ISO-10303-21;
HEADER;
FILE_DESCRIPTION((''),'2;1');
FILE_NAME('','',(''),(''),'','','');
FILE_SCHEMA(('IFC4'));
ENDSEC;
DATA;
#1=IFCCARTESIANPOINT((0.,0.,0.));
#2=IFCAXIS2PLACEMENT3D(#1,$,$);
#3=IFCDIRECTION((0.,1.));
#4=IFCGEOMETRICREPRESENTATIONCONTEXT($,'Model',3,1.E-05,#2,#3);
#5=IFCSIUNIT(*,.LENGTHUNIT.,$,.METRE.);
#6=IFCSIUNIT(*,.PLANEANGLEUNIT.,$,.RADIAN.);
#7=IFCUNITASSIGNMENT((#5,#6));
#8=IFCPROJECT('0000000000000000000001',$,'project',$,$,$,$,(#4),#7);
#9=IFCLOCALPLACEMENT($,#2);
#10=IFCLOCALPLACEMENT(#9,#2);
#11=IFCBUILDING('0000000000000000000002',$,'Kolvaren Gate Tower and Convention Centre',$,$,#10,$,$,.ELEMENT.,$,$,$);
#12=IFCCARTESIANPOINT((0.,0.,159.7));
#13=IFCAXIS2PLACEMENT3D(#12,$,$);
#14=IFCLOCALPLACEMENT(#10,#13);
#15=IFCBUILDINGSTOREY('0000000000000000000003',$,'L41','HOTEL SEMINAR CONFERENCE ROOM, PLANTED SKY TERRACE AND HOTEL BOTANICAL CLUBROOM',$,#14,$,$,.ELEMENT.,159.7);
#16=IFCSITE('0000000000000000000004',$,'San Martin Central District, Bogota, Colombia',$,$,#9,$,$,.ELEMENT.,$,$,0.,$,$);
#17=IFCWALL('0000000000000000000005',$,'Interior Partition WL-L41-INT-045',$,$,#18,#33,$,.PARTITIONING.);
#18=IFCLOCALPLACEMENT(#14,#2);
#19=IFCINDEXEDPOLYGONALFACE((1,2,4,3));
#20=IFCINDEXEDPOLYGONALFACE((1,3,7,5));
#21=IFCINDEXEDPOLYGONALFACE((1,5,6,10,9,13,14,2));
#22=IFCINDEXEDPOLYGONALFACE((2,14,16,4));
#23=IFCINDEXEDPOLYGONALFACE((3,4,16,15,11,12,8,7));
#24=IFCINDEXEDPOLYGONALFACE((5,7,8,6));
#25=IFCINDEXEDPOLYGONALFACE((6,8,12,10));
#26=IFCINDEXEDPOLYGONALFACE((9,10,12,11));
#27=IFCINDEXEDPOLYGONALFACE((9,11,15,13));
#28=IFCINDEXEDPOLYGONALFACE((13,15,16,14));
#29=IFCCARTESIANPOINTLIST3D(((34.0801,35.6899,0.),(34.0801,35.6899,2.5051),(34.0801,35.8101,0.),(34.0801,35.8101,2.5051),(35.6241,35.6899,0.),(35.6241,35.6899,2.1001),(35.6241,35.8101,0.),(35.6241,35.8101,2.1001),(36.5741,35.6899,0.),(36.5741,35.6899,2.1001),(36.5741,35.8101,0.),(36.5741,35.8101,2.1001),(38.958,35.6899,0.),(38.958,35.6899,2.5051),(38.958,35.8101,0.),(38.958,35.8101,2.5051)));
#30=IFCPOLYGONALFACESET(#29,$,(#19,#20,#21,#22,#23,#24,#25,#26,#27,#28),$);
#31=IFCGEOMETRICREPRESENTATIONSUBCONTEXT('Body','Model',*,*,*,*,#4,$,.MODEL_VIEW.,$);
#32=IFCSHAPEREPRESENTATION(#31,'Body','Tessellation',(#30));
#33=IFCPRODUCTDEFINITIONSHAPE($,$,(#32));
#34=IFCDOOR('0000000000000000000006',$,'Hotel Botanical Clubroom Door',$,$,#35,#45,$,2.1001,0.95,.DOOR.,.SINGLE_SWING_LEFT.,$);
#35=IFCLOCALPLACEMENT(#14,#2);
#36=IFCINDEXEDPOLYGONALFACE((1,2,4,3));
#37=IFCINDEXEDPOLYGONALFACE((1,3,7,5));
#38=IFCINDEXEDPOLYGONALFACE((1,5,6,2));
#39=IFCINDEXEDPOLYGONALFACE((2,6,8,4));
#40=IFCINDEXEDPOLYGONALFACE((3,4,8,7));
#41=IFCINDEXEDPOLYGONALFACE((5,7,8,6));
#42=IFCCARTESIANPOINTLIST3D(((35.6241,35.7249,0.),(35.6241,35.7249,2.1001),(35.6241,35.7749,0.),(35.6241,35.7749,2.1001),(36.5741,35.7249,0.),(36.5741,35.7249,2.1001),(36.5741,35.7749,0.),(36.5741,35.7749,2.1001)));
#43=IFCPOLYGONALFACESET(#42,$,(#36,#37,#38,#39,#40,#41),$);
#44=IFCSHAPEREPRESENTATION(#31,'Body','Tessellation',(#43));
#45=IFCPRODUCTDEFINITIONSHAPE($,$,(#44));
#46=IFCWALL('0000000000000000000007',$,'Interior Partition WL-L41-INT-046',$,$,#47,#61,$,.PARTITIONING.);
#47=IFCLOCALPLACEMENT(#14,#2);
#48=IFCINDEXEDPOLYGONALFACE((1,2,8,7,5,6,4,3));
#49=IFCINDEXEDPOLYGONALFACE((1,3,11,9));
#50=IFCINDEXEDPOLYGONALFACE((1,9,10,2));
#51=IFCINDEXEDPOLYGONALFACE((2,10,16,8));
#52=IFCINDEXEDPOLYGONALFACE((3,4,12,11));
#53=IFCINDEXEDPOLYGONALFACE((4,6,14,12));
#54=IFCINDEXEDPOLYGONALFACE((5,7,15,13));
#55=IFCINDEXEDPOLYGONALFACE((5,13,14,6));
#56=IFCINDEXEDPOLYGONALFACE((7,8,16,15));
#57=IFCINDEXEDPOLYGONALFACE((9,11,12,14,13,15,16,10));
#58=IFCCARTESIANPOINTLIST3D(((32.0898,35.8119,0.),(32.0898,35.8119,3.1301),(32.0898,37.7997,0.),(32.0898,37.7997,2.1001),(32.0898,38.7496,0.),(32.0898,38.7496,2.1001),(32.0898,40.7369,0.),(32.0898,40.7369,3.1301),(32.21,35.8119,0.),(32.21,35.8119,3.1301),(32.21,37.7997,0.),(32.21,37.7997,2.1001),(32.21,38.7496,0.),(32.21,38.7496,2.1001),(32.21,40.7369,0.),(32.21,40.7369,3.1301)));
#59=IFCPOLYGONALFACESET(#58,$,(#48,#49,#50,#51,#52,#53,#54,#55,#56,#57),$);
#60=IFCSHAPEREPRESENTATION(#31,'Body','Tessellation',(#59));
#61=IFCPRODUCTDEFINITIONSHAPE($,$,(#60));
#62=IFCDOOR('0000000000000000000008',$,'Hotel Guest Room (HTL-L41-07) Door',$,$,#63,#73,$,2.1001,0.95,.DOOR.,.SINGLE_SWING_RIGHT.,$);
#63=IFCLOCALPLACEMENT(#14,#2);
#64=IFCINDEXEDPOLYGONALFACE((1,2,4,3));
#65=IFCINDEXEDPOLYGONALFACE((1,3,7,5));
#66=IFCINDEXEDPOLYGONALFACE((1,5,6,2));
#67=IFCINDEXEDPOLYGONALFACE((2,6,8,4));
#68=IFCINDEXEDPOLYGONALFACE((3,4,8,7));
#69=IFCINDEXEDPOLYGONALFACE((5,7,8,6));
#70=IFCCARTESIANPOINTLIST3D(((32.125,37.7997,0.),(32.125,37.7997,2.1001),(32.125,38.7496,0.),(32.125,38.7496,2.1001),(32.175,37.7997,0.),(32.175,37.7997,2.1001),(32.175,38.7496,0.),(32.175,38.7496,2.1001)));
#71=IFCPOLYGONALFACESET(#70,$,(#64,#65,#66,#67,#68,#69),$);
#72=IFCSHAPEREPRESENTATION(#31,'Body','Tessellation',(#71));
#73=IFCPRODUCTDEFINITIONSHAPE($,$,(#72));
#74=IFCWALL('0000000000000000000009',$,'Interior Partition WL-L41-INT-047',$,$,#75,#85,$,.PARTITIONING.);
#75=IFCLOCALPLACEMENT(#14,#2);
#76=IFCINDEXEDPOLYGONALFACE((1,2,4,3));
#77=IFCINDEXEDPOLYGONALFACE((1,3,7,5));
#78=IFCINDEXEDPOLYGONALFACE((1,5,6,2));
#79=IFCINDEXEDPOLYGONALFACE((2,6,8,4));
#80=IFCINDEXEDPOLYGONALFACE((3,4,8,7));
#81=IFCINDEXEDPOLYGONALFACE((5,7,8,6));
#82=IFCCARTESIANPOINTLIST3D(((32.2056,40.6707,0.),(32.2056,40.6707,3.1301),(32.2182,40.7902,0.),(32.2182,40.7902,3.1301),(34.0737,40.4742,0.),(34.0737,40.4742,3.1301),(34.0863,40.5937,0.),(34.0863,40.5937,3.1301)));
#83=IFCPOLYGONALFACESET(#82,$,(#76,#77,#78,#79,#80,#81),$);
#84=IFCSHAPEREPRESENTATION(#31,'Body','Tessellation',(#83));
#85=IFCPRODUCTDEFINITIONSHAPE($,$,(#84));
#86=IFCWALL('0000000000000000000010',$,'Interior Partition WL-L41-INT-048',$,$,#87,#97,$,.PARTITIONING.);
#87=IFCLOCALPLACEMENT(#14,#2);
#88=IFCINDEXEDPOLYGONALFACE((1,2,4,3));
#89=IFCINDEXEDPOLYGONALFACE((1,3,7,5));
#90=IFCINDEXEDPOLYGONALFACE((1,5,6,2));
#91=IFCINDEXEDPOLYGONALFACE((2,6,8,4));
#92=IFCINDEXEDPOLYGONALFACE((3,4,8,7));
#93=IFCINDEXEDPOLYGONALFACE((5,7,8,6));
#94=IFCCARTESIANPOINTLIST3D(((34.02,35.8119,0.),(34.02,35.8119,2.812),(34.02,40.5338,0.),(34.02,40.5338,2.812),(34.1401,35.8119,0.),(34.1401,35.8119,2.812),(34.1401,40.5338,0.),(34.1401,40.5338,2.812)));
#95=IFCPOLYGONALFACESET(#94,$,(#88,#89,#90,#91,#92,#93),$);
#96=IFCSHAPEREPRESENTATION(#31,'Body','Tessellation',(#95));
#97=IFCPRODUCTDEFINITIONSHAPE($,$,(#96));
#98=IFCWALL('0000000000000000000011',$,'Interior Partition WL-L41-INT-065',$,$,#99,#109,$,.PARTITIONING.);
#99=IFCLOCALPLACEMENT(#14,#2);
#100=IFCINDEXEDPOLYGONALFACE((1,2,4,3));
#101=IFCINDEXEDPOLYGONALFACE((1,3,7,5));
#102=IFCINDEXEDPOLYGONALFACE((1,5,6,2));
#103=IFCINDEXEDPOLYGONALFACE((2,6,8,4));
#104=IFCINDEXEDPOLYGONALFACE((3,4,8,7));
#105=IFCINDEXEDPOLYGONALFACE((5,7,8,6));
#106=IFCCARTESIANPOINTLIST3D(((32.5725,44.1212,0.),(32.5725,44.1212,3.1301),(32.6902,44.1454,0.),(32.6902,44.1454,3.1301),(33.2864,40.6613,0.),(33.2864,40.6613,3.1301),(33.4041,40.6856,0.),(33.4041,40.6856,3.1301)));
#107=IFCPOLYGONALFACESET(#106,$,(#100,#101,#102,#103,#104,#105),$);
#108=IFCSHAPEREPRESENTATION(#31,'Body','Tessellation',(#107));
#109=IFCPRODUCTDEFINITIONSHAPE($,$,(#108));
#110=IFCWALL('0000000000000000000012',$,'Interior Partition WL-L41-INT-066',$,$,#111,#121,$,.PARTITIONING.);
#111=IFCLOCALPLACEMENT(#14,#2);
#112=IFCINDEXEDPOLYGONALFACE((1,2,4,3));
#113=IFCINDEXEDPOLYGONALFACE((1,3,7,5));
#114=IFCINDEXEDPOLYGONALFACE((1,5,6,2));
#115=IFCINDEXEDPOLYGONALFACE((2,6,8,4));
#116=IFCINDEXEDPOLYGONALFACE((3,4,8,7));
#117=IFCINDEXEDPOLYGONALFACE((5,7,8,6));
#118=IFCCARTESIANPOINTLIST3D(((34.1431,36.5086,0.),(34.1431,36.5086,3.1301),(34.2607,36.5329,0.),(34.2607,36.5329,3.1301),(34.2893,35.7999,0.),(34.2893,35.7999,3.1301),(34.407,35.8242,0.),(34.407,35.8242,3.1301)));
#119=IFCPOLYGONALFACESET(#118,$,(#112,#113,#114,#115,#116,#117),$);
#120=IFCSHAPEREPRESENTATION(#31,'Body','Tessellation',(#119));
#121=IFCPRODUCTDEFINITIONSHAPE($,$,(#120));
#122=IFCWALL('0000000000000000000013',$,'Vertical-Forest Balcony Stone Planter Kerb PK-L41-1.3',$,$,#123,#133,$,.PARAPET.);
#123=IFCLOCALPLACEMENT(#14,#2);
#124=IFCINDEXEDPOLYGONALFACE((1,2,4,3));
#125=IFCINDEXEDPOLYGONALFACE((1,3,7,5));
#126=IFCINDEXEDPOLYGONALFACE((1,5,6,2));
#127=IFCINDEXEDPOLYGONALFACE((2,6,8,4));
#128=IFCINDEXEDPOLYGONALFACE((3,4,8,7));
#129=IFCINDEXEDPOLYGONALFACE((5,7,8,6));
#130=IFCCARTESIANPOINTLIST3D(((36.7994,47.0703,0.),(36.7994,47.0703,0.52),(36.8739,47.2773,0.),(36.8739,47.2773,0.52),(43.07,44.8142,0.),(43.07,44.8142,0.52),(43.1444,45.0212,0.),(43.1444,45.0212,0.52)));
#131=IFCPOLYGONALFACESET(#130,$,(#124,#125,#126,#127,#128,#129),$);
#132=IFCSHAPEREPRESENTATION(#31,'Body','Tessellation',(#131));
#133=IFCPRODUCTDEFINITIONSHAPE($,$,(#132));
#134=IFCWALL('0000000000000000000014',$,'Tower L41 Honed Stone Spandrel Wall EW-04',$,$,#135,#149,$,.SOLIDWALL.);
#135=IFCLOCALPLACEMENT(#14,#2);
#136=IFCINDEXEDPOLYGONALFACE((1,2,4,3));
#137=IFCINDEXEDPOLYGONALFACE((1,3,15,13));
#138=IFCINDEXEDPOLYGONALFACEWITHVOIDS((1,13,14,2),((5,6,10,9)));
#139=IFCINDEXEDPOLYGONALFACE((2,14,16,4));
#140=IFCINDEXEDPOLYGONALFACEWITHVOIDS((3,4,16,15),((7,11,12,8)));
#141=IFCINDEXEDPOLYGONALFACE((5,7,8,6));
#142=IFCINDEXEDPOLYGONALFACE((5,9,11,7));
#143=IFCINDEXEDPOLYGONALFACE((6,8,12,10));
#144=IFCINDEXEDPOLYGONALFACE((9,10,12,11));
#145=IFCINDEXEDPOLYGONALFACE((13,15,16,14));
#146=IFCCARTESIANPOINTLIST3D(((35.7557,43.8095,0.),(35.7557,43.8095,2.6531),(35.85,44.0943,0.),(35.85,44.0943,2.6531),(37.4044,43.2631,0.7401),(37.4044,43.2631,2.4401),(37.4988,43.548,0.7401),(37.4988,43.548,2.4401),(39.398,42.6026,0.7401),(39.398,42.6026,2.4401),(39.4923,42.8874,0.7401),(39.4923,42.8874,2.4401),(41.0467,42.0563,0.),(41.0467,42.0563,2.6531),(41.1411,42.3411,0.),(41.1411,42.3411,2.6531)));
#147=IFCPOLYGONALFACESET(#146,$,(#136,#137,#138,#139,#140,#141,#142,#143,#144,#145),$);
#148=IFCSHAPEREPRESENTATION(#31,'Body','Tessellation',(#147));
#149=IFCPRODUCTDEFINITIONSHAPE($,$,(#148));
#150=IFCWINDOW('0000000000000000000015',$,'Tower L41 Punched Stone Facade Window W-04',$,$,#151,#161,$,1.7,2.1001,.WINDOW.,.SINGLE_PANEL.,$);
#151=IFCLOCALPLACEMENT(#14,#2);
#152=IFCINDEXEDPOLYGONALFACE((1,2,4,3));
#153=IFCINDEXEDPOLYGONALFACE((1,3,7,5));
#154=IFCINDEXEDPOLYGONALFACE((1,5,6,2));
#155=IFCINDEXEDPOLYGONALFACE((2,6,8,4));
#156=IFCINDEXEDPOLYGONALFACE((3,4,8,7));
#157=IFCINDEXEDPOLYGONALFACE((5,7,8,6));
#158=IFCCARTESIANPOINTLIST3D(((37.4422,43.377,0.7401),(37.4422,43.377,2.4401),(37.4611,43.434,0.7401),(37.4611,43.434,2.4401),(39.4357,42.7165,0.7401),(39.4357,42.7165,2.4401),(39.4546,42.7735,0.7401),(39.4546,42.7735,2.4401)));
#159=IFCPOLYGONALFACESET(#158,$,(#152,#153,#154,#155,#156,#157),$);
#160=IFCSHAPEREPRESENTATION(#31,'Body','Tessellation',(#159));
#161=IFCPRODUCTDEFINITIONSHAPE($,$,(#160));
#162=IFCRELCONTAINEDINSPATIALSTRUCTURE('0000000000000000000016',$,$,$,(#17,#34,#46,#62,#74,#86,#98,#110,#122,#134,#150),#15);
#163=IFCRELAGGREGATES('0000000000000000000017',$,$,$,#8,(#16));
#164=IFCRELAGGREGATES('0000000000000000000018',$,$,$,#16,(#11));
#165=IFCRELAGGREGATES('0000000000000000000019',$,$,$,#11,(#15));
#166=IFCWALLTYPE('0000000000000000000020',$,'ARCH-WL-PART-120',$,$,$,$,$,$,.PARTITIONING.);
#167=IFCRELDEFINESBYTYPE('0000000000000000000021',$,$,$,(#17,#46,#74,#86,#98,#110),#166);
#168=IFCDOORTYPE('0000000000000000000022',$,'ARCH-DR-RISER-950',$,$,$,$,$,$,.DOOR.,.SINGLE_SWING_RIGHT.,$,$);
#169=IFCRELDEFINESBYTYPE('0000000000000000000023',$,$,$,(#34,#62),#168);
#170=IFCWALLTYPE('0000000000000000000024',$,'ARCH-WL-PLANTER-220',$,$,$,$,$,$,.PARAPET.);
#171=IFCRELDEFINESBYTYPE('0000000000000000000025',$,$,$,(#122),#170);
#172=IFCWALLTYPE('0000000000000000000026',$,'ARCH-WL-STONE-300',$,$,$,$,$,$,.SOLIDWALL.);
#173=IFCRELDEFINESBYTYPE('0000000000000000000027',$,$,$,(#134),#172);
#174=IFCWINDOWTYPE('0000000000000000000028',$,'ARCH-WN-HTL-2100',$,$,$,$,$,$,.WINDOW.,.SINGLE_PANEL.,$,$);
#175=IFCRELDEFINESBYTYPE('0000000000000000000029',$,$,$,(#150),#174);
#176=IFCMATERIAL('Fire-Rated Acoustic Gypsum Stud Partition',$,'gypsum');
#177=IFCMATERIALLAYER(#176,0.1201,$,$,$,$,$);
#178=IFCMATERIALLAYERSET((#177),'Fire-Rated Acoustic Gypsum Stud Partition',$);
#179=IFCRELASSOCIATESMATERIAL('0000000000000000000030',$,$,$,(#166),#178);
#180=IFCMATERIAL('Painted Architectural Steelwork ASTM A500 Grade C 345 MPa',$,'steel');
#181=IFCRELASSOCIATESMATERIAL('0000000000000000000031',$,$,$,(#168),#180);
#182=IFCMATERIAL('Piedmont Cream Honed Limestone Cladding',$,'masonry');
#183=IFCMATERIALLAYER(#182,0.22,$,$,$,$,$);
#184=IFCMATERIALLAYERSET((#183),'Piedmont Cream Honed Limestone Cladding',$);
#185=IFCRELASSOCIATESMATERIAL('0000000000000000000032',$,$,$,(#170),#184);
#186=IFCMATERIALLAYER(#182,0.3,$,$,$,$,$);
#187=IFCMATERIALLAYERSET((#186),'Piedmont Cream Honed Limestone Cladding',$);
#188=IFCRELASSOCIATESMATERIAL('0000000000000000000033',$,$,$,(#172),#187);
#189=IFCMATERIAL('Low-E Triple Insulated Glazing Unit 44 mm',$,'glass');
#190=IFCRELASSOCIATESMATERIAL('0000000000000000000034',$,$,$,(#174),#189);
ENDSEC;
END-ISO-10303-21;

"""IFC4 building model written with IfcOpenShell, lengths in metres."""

from ifc_helpers import new_model, si_unit, direction, frame, frame_2d, origin, place, context, subcontext, project, spatial, rectangle, extrude, material, layer, layer_set, type_object, element, fill, save


model = new_model("IFC4")

# Units and contexts
model_context = context("Model", 3, precision=1e-05, world=origin(), true_north=direction((0.0, 1.0)))
body_context = subcontext(model_context, "Body", "Model", "MODEL_VIEW")
ifc_project = project(units=[si_unit("LENGTHUNIT", "METRE"), si_unit("PLANEANGLEUNIT", "RADIAN")], contexts=[model_context])

# Site, building, storey
site_placement = place(None, origin())
site = spatial("IfcSite", under=ifc_project, at=site_placement, Name="San Martin Central District, Bogota, Colombia", CompositionType="ELEMENT", RefElevation=0.0)
building_placement = place(site_placement, origin())
building = spatial("IfcBuilding", under=site, at=building_placement, Name="Kolvaren Gate Tower and Convention Centre", CompositionType="ELEMENT")
storey_placement = place(building_placement, frame((0.0, 0.0, 159.7)))
storey = spatial("IfcBuildingStorey", under=building, at=storey_placement, Name="L41", Description="HOTEL SEMINAR CONFERENCE ROOM, PLANTED SKY TERRACE AND HOTEL BOTANICAL CLUBROOM", CompositionType="ELEMENT", Elevation=159.7)

# Shared definitions
ifc_material_1 = material(Name="Fire-Rated Acoustic Gypsum Stud Partition", Category="gypsum")
ifc_layer_1 = layer(ifc_material_1, 0.1201)
ifc_layer_set_1 = layer_set([ifc_layer_1], Name="Fire-Rated Acoustic Gypsum Stud Partition")
wall_type_1 = type_object("IfcWallType", Name="ARCH-WL-PART-120", PredefinedType="PARTITIONING", material=ifc_layer_set_1)

# Walls, openings, doors
wall_1_placement = place(storey_placement, frame((34.0801, 35.75, 0.0), z_axis=(0.0, 0.0, 1.0), x_axis=(1.0, 0.0, 0.0)))
wall_1 = element("IfcWall", 1, at=wall_1_placement, inside=storey, type_object=wall_type_1, Name="Interior Partition WL-L41-INT-045", PredefinedType="PARTITIONING", context=body_context, shape_type="SweptSolid", body=[
    extrude(rectangle(XDim=4.8779, YDim=0.1201, at=frame_2d((2.439, 0.0))), origin(), (0.0, 0.0, 1.0), 2.5051),
])
opening_1_placement = place(wall_1_placement, frame((1.5439, 0.0, 0.0)))
opening_1 = element("IfcOpeningElement", 2, at=opening_1_placement, cuts=wall_1, PredefinedType="OPENING", context=body_context, shape_type="SweptSolid", body=[
    extrude(rectangle(XDim=0.95, YDim=2.1001, at=frame_2d((0.4751, 1.05))), frame((0.0, 0.0701, 0.0), z_axis=(0.0, -1.0, 0.0), x_axis=(1.0, 0.0, 0.0)), (0.0, 0.0, 1.0), 0.1401),
])
ifc_material_2 = material(Name="Painted Architectural Steelwork ASTM A500 Grade C 345 MPa", Category="steel")
door_type = type_object("IfcDoorType", Name="ARCH-DR-RISER-950", OperationType="SINGLE_SWING_RIGHT", PredefinedType="DOOR", material=ifc_material_2)
door_1_placement = place(opening_1_placement, origin())
door_1 = element("IfcDoor", 3, at=door_1_placement, inside=storey, type_object=door_type, Name="Hotel Botanical Clubroom Door", OperationType="SINGLE_SWING_LEFT", OverallHeight=2.1001, OverallWidth=0.95, PredefinedType="DOOR", context=body_context, shape_type="SweptSolid", body=[
    extrude(rectangle(XDim=0.95, YDim=2.1001, at=frame_2d((0.4751, 1.05))), frame((0.0, 0.0249, 0.0), z_axis=(0.0, -1.0, 0.0), x_axis=(1.0, 0.0, 0.0)), (0.0, 0.0, 1.0), 0.05),
])
fill(opening_1, door_1)
wall_2_placement = place(storey_placement, frame((32.1499, 35.812, 0.0), z_axis=(0.0, 0.0, 1.0), x_axis=(0.0, 1.0, 0.0)))
wall_2 = element("IfcWall", 4, at=wall_2_placement, inside=storey, type_object=wall_type_1, Name="Interior Partition WL-L41-INT-046", PredefinedType="PARTITIONING", context=body_context, shape_type="SweptSolid", body=[
    extrude(rectangle(XDim=4.925, YDim=0.1201, at=frame_2d((2.4624, 0.0))), origin(), (0.0, 0.0, 1.0), 3.1301),
])
opening_2_placement = place(wall_2_placement, frame((1.9875, 0.0, 0.0)))
opening_2 = element("IfcOpeningElement", 5, at=opening_2_placement, cuts=wall_2, PredefinedType="OPENING", context=body_context, shape_type="SweptSolid", body=[
    extrude(rectangle(XDim=0.95, YDim=2.1001, at=frame_2d((0.4751, 1.05))), frame((0.0, 0.0701, 0.0), z_axis=(0.0, -1.0, 0.0), x_axis=(1.0, 0.0, 0.0)), (0.0, 0.0, 1.0), 0.1401),
])
door_2_placement = place(opening_2_placement, origin())
door_2 = element("IfcDoor", 6, at=door_2_placement, inside=storey, type_object=door_type, Name="Hotel Guest Room (HTL-L41-07) Door", OperationType="SINGLE_SWING_RIGHT", OverallHeight=2.1001, OverallWidth=0.95, PredefinedType="DOOR", context=body_context, shape_type="SweptSolid", body=[
    extrude(rectangle(XDim=0.95, YDim=2.1001, at=frame_2d((0.4751, 1.05))), frame((0.0, 0.0249, 0.0), z_axis=(0.0, -1.0, 0.0), x_axis=(1.0, 0.0, 0.0)), (0.0, 0.0, 1.0), 0.05),
])
fill(opening_2, door_2)

# Walls
wall_3_placement = place(storey_placement, frame((32.2119, 40.7305, 0.0), z_axis=(0.0, 0.0, 1.0), x_axis=(0.994512, -0.104624, 0.0)))
element("IfcWall", 7, at=wall_3_placement, inside=storey, type_object=wall_type_1, Name="Interior Partition WL-L41-INT-047", PredefinedType="PARTITIONING", context=body_context, shape_type="SweptSolid", body=[
    extrude(rectangle(XDim=1.8784, YDim=0.1201, at=frame_2d((0.9392, 0.0))), origin(), (0.0, 0.0, 1.0), 3.1301),
])
wall_4_placement = place(storey_placement, frame((34.0801, 35.812, 0.0), z_axis=(0.0, 0.0, 1.0), x_axis=(0.0, 1.0, 0.0)))
element("IfcWall", 8, at=wall_4_placement, inside=storey, type_object=wall_type_1, Name="Interior Partition WL-L41-INT-048", PredefinedType="PARTITIONING", context=body_context, shape_type="SweptSolid", body=[
    extrude(rectangle(XDim=4.7219, YDim=0.1201, at=frame_2d((2.3608, 0.0))), origin(), (0.0, 0.0, 1.0), 2.812),
])
wall_5_placement = place(storey_placement, frame((32.6313, 44.1333, 0.0), z_axis=(0.0, 0.0, 1.0), x_axis=(0.20208, -0.979369, 0.0)))
element("IfcWall", 9, at=wall_5_placement, inside=storey, type_object=wall_type_1, Name="Interior Partition WL-L41-INT-065", PredefinedType="PARTITIONING", context=body_context, shape_type="SweptSolid", body=[
    extrude(rectangle(XDim=3.5327, YDim=0.1201, at=frame_2d((1.7664, 0.0))), origin(), (0.0, 0.0, 1.0), 3.1301),
])
wall_6_placement = place(storey_placement, frame((34.2019, 36.5208, 0.0), z_axis=(0.0, 0.0, 1.0), x_axis=(0.202081, -0.979369, 0.0)))
element("IfcWall", 10, at=wall_6_placement, inside=storey, type_object=wall_type_1, Name="Interior Partition WL-L41-INT-066", PredefinedType="PARTITIONING", context=body_context, shape_type="SweptSolid", body=[
    extrude(rectangle(XDim=0.7236, YDim=0.1201, at=frame_2d((0.3618, 0.0))), origin(), (0.0, 0.0, 1.0), 3.1301),
])
ifc_material_3 = material(Name="Piedmont Cream Honed Limestone Cladding", Category="masonry")
ifc_layer_2 = layer(ifc_material_3, 0.22)
ifc_layer_set_2 = layer_set([ifc_layer_2], Name="Piedmont Cream Honed Limestone Cladding")
wall_type_2 = type_object("IfcWallType", Name="ARCH-WL-PLANTER-220", PredefinedType="PARAPET", material=ifc_layer_set_2)
wall_7_placement = place(storey_placement, frame((36.8367, 47.1738, 0.0), z_axis=(0.0, 0.0, 1.0), x_axis=(0.940949, -0.33855, 0.0)))
element("IfcWall", 11, at=wall_7_placement, inside=storey, type_object=wall_type_2, Name="Vertical-Forest Balcony Stone Planter Kerb PK-L41-1.3", PredefinedType="PARAPET", context=body_context, shape_type="SweptSolid", body=[
    extrude(rectangle(XDim=6.6641, YDim=0.22, at=frame_2d((3.332, 0.0))), origin(), (0.0, 0.0, 1.0), 0.52),
])

# Wall, opening, window
ifc_layer_3 = layer(ifc_material_3, 0.3)
ifc_layer_set_3 = layer_set([ifc_layer_3], Name="Piedmont Cream Honed Limestone Cladding")
wall_type_3 = type_object("IfcWallType", Name="ARCH-WL-STONE-300", PredefinedType="SOLIDWALL", material=ifc_layer_set_3)
wall_8_placement = place(storey_placement, frame((35.8027, 43.9519, 0.0), z_axis=(0.0, 0.0, 1.0), x_axis=(0.949247, -0.314532, 0.0)))
wall_8 = element("IfcWall", 12, at=wall_8_placement, inside=storey, type_object=wall_type_3, Name="Tower L41 Honed Stone Spandrel Wall EW-04", PredefinedType="SOLIDWALL", context=body_context, shape_type="SweptSolid", body=[
    extrude(rectangle(XDim=5.574, YDim=0.3, at=frame_2d((2.7871, 0.0))), origin(), (0.0, 0.0, 1.0), 2.6531),
])
opening_3_placement = place(wall_8_placement, frame((1.7371, 0.0, 0.74)))
opening_3 = element("IfcOpeningElement", 13, at=opening_3_placement, cuts=wall_8, PredefinedType="OPENING", context=body_context, shape_type="SweptSolid", body=[
    extrude(rectangle(XDim=2.1001, YDim=1.7, at=frame_2d((1.05, 0.8501))), frame((0.0, 0.1599, 0.0), z_axis=(0.0, -1.0, 0.0), x_axis=(1.0, 0.0, 0.0)), (0.0, 0.0, 1.0), 0.3201),
])
ifc_material_4 = material(Name="Low-E Triple Insulated Glazing Unit 44 mm", Category="glass")
window_type = type_object("IfcWindowType", Name="ARCH-WN-HTL-2100", PartitioningType="SINGLE_PANEL", PredefinedType="WINDOW", material=ifc_material_4)
window_1_placement = place(opening_3_placement, origin())
window_1 = element("IfcWindow", 14, at=window_1_placement, inside=storey, type_object=window_type, Name="Tower L41 Punched Stone Facade Window W-04", OverallHeight=1.7, OverallWidth=2.1001, PartitioningType="SINGLE_PANEL", PredefinedType="WINDOW", context=body_context, shape_type="SweptSolid", body=[
    extrude(rectangle(XDim=2.1001, YDim=1.7, at=frame_2d((1.05, 0.8501))), frame((0.0, 0.03, 0.0), z_axis=(0.0, -1.0, 0.0), x_axis=(1.0, 0.0, 0.0)), (0.0, 0.0, 1.0), 0.0601),
])
fill(opening_3, window_1)

save(model, "model.ifc")
